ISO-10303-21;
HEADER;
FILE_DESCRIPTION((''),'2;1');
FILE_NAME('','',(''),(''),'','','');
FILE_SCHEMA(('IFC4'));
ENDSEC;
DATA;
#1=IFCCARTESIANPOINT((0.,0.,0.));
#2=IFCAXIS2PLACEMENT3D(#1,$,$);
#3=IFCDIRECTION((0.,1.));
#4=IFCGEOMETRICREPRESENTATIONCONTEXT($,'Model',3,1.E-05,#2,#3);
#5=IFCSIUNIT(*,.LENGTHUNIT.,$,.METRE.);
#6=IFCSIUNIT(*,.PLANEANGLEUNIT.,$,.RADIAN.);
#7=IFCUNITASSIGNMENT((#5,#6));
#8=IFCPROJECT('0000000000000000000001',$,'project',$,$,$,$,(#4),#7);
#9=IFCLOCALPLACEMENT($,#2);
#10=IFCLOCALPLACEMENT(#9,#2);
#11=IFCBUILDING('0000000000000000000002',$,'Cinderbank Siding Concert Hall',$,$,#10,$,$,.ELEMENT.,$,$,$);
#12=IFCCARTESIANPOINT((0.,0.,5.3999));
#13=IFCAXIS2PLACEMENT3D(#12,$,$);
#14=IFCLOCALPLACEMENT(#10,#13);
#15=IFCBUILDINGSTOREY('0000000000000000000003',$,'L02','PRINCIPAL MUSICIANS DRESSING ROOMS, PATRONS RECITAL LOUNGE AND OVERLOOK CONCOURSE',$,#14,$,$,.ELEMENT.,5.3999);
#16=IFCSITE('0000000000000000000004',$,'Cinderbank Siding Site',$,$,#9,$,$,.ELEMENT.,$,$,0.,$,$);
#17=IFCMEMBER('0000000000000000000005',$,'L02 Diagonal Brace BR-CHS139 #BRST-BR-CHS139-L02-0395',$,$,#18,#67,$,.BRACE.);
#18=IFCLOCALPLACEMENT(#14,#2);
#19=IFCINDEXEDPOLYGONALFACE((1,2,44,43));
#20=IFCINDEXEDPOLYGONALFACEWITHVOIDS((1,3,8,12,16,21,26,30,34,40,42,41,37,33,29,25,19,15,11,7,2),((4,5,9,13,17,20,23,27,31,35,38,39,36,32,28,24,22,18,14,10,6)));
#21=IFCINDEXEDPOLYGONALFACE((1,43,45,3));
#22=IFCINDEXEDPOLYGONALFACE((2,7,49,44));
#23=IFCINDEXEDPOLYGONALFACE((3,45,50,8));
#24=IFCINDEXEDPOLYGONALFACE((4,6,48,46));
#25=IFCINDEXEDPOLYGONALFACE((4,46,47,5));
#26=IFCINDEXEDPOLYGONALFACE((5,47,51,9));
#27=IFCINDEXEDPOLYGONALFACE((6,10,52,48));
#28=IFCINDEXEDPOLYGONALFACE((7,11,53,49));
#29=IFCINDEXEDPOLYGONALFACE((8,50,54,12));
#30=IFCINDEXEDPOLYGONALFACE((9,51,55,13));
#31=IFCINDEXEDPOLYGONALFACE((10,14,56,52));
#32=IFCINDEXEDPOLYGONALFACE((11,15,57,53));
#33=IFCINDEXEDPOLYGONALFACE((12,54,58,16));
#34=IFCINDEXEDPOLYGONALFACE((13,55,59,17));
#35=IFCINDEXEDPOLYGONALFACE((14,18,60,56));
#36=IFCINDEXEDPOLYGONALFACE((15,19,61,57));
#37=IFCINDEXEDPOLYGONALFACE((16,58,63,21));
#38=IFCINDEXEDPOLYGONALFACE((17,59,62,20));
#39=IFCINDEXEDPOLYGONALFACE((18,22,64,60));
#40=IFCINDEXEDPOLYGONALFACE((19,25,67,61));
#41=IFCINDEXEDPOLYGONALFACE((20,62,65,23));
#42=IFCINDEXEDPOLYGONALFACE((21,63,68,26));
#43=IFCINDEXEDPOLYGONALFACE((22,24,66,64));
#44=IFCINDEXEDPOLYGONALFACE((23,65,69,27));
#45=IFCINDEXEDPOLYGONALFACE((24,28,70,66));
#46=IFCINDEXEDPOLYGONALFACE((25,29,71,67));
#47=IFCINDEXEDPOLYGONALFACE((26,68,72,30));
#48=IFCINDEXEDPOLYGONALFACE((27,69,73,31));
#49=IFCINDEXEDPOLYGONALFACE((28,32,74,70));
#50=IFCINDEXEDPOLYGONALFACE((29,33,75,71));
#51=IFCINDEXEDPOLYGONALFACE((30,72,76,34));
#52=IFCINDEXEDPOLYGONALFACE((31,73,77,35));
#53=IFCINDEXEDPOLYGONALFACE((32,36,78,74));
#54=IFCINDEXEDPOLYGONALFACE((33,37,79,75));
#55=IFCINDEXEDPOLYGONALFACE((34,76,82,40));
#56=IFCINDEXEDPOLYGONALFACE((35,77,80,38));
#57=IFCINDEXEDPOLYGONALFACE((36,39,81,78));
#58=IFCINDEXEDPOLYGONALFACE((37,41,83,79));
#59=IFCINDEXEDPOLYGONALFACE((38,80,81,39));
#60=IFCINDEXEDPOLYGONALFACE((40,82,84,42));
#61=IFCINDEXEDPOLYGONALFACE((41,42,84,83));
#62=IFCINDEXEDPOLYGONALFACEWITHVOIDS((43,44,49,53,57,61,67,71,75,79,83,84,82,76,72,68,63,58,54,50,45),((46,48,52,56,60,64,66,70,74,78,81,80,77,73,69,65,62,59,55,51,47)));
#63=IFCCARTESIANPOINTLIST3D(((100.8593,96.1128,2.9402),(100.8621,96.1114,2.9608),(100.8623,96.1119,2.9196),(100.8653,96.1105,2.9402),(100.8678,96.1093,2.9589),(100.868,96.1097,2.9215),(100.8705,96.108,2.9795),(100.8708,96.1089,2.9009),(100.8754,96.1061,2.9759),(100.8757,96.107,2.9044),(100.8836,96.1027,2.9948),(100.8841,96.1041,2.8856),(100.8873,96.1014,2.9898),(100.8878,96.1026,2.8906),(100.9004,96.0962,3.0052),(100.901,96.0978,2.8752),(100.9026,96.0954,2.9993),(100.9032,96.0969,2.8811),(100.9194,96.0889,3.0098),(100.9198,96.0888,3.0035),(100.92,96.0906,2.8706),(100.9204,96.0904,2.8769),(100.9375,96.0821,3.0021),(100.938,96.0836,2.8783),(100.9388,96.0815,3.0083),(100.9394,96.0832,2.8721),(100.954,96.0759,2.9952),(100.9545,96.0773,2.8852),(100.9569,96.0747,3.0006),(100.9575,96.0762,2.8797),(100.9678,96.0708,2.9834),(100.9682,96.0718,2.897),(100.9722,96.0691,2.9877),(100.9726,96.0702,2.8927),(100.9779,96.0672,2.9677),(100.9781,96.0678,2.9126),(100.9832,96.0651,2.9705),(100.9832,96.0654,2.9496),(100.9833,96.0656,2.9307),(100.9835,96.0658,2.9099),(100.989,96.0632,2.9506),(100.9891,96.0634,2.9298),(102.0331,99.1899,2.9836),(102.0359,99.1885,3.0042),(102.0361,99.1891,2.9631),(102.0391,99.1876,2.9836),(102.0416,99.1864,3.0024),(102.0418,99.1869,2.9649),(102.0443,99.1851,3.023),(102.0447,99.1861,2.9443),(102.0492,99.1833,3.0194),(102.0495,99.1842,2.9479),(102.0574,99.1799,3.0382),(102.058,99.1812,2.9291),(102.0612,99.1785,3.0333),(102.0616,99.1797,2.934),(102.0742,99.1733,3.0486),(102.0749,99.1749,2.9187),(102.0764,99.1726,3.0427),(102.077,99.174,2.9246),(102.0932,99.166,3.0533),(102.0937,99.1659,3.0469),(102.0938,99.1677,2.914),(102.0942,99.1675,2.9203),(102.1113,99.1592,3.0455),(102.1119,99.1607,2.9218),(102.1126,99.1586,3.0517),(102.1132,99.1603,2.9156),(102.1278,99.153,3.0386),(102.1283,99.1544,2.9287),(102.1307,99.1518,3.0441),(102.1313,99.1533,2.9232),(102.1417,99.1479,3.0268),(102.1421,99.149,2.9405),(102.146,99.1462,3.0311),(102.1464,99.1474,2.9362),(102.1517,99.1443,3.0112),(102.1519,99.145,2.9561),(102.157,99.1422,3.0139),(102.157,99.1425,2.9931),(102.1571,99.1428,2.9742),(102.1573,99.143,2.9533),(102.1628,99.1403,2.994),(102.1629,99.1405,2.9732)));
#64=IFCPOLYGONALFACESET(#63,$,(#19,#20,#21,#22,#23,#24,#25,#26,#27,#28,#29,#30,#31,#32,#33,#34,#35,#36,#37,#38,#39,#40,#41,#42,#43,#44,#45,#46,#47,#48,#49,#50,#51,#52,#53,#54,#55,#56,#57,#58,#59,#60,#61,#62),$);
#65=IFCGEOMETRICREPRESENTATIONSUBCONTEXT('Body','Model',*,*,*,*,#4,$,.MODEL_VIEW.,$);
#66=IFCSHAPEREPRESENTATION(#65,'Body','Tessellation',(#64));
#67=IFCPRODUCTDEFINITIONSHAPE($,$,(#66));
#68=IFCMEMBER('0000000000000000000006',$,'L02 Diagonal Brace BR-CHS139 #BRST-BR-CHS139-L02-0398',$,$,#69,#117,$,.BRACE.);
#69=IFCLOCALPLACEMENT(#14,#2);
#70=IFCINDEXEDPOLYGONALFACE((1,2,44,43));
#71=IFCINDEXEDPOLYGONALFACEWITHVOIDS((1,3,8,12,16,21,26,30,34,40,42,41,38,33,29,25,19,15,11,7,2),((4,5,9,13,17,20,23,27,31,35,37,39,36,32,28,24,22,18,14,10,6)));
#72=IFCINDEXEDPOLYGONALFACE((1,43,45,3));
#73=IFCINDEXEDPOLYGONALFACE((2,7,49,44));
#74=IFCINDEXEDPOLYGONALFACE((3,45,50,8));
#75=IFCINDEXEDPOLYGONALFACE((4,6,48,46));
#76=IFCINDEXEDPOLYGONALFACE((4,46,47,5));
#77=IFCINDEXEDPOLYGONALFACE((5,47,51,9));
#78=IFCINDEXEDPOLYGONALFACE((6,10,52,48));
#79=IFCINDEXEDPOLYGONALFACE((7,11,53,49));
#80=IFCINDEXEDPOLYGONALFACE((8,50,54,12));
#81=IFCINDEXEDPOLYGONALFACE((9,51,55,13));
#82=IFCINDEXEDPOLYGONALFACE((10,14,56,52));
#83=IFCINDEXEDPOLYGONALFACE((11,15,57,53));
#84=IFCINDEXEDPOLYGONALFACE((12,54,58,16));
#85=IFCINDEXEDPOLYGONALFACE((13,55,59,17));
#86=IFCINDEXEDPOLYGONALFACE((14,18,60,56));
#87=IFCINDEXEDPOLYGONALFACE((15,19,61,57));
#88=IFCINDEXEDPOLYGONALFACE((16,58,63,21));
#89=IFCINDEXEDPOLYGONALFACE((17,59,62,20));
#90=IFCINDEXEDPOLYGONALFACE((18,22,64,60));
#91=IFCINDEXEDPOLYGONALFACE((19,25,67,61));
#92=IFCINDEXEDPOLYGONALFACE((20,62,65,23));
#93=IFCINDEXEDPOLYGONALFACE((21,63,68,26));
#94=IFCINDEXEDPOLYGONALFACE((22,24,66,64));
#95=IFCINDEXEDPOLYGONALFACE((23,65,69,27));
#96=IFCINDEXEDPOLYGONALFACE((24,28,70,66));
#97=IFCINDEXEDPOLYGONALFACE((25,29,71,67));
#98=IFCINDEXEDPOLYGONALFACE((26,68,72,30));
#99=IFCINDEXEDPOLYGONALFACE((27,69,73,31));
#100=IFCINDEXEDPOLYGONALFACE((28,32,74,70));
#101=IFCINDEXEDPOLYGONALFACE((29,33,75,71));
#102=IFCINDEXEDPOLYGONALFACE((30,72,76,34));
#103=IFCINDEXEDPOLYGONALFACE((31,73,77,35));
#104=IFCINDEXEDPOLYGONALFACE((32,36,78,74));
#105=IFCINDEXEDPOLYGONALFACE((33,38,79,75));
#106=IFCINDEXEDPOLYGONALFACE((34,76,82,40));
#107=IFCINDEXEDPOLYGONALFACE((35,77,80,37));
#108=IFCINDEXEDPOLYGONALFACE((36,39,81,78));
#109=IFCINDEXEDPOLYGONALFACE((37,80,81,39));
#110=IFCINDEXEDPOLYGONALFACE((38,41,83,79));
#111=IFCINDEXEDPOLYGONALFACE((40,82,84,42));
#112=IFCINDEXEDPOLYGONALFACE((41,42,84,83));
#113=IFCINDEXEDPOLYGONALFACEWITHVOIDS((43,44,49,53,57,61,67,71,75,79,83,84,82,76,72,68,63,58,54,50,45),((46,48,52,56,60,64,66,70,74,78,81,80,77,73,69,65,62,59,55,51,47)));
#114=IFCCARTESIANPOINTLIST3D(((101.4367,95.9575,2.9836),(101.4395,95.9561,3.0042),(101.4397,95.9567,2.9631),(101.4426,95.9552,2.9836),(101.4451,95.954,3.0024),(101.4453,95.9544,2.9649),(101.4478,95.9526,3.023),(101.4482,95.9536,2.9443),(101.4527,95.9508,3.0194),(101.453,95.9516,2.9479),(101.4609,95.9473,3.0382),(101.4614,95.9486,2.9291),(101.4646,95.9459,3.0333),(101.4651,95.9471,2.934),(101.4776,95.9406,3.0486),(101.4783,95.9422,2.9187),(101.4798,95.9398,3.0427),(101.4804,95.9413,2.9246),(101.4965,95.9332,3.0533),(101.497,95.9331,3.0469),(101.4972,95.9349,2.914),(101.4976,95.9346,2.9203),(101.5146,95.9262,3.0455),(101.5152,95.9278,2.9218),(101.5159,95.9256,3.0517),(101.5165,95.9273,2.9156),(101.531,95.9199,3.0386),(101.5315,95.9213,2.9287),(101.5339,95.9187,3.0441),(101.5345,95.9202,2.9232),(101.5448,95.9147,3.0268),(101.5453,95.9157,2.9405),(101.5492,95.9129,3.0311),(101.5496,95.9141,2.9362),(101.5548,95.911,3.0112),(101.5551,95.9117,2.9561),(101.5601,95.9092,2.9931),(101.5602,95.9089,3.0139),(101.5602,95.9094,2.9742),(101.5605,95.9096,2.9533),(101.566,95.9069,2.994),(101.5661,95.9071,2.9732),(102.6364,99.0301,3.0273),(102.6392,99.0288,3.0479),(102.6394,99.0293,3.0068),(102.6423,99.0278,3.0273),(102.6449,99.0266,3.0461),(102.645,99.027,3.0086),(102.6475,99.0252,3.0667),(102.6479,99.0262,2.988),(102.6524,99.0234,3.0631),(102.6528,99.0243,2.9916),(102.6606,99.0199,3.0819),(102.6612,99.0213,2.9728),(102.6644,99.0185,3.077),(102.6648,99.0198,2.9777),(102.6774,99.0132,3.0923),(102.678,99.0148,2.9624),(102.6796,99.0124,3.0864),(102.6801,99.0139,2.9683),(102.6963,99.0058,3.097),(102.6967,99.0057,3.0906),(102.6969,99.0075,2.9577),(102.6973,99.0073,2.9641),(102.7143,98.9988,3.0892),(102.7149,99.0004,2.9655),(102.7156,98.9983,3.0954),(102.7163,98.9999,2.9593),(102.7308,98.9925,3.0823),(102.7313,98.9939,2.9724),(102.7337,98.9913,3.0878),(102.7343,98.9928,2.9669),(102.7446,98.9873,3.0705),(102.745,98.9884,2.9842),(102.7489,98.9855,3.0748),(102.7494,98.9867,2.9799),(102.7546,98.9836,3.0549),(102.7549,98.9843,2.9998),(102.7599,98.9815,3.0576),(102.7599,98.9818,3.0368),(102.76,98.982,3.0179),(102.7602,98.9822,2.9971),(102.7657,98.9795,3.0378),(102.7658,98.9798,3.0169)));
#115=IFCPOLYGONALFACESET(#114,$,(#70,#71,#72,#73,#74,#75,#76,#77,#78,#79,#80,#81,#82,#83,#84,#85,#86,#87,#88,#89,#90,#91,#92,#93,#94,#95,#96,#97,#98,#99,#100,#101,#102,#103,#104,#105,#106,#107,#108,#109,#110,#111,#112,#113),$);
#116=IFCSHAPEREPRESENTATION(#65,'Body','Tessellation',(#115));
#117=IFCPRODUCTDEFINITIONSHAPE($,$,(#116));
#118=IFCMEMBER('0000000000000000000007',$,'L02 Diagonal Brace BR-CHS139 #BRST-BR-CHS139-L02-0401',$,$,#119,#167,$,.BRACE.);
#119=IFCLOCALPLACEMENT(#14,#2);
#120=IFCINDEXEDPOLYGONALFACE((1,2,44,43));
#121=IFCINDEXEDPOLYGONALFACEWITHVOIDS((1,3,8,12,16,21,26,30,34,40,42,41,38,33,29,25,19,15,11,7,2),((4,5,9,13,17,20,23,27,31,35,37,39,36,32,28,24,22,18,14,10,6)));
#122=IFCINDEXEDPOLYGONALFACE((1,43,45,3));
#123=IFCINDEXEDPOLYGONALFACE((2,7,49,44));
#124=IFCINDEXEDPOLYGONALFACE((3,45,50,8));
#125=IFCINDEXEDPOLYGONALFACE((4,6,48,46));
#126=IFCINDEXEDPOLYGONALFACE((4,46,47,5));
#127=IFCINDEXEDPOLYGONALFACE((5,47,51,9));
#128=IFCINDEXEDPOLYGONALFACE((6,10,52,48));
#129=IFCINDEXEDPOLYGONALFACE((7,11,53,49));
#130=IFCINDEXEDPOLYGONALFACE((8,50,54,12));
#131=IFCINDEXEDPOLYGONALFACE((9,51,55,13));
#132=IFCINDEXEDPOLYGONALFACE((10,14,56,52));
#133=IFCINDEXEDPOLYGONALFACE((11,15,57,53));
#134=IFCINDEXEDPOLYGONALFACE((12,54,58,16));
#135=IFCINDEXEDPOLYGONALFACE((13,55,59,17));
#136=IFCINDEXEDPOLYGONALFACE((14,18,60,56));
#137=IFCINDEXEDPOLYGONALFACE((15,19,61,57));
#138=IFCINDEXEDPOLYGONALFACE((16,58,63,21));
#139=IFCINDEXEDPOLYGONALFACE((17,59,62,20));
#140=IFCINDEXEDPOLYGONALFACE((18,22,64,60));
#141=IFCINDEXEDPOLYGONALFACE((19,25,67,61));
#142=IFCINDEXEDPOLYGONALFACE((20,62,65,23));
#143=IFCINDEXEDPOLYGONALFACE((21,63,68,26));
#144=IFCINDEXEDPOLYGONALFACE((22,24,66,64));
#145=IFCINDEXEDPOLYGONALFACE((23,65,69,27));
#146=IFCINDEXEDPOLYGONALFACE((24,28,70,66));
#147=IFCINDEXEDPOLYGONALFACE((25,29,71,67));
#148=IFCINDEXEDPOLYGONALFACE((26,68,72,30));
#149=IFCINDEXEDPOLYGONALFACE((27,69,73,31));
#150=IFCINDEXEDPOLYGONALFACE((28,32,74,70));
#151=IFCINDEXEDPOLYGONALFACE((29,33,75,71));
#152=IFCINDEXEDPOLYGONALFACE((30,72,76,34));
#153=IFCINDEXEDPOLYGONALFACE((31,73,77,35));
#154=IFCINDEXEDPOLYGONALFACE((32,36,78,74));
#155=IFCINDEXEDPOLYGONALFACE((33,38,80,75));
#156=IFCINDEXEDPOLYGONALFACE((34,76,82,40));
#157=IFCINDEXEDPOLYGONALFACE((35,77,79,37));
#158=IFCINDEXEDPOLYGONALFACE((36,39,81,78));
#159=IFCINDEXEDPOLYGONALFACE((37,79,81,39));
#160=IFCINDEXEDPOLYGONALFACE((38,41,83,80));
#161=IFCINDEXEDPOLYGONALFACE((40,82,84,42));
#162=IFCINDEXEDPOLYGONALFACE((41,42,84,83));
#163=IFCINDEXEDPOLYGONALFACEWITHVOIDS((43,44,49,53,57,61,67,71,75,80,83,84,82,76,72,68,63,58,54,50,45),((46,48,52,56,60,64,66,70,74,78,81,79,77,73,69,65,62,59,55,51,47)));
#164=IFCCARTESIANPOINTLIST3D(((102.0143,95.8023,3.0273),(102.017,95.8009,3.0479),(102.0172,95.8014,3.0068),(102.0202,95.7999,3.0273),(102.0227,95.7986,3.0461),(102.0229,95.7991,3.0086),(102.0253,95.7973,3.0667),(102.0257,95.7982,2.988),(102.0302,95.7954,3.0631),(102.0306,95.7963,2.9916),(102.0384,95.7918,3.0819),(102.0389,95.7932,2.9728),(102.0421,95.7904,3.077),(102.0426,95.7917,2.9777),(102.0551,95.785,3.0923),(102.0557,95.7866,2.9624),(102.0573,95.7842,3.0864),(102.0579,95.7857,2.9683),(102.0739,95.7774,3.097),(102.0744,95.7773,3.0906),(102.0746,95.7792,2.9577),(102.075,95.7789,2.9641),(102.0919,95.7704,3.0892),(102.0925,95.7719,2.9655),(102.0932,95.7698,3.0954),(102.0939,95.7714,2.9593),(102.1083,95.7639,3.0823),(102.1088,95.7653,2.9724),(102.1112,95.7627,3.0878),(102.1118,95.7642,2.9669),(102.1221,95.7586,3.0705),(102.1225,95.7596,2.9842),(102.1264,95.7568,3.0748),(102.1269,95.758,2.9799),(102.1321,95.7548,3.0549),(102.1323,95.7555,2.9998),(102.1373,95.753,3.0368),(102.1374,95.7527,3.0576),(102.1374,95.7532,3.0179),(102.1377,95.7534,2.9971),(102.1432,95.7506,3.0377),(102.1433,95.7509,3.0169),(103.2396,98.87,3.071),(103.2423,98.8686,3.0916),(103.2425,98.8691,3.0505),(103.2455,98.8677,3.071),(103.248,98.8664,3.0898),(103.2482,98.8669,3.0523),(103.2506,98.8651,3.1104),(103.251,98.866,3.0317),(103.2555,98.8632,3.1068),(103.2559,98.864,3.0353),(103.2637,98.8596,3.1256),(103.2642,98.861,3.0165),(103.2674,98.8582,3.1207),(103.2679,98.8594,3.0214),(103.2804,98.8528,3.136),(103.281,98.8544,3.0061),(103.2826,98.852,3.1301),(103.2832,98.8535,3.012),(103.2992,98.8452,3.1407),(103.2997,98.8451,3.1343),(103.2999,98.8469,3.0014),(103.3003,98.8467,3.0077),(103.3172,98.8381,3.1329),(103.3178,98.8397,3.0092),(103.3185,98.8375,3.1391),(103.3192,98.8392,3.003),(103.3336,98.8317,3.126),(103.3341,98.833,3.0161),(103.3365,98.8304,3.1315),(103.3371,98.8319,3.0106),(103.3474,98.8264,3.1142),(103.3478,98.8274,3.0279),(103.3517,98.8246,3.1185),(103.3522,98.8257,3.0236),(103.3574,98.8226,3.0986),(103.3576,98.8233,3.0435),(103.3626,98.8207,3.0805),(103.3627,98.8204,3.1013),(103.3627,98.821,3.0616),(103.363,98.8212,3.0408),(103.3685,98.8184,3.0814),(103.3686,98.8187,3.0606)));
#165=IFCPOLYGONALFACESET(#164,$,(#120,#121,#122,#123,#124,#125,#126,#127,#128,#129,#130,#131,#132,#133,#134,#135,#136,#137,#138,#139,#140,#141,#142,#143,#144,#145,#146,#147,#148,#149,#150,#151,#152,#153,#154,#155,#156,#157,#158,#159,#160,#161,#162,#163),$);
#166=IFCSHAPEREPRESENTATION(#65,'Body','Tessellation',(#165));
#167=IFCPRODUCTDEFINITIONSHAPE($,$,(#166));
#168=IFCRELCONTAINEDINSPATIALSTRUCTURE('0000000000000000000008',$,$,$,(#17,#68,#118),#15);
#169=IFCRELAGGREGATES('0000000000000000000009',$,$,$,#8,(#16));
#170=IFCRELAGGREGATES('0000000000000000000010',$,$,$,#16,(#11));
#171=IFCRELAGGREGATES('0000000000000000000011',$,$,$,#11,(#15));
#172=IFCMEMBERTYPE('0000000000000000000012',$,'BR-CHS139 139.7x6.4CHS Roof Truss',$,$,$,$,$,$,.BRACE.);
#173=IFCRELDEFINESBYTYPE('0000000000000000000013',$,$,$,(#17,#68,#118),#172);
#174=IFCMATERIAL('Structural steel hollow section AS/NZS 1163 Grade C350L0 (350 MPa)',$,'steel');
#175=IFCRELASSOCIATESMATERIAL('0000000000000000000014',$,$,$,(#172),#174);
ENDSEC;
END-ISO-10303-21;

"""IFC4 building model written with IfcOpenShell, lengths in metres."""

from ifc_helpers import new_model, si_unit, direction, frame, origin, origin_2d, place, context, subcontext, project, spatial, hollow_circle, extrude, material, material_profile, profile_set, type_object, element, save


model = new_model("IFC4")

# Units and contexts
model_context = context("Model", 3, precision=1e-05, world=origin(), true_north=direction((0.0, 1.0)))
body_context = subcontext(model_context, "Body", "Model", "MODEL_VIEW")
ifc_project = project(units=[si_unit("LENGTHUNIT", "METRE"), si_unit("PLANEANGLEUNIT", "RADIAN")], contexts=[model_context])

# Site, building, storey
site_placement = place(None, origin())
site = spatial("IfcSite", under=ifc_project, at=site_placement, Name="Cinderbank Siding Site", CompositionType="ELEMENT", RefElevation=0.0)
building_placement = place(site_placement, origin())
building = spatial("IfcBuilding", under=site, at=building_placement, Name="Cinderbank Siding Concert Hall", CompositionType="ELEMENT")
storey_placement = place(building_placement, frame((0.0, 0.0, 5.3999)))
storey = spatial("IfcBuildingStorey", under=building, at=storey_placement, Name="L02", Description="PRINCIPAL MUSICIANS DRESSING ROOMS, PATRONS RECITAL LOUNGE AND OVERLOOK CONCOURSE", CompositionType="ELEMENT", Elevation=5.3999)

# Members
ifc_material_1 = material(Name="Structural steel hollow section AS/NZS 1163 Grade C350L0 (350 MPa)", Category="steel")
ifc_material_profile_1 = material_profile(ifc_material_1, hollow_circle(Radius=0.0698, WallThickness=0.0063, at=origin_2d()), Name="139.7x6.4CHS", Category="LoadBearing")
ifc_profile_set_1 = profile_set([ifc_material_profile_1], Name="Structural steel hollow section AS/NZS 1163 Grade C350L0 (350 MPa)")
member_type_1 = type_object("IfcMemberType", Name="BR-CHS139 139.7x6.4CHS Roof Truss", PredefinedType="BRACE", material=ifc_profile_set_1)
member_1_placement = place(storey_placement, frame((100.9246, 96.0879, 2.9402), z_axis=(0.356384, 0.934247, 0.013194), x_axis=(-0.934328, 0.356415, 0.0)))
element("IfcMember", 1, at=member_1_placement, inside=storey, type_object=member_type_1, Name="L02 Diagonal Brace BR-CHS139 #BRST-BR-CHS139-L02-0395", PredefinedType="BRACE", context=body_context, shape_type="SweptSolid", body=[
    extrude(hollow_circle(Radius=0.0698, WallThickness=0.0063, at=origin_2d()), origin(), (0.0, 0.0, 1.0), 3.2937),
])
member_2_placement = place(storey_placement, frame((101.5017, 95.9321, 2.9836), z_axis=(0.363689, 0.931426, 0.013248), x_axis=(-0.931508, 0.363721, 0.0)))
element("IfcMember", 2, at=member_2_placement, inside=storey, type_object=member_type_1, Name="L02 Diagonal Brace BR-CHS139 #BRST-BR-CHS139-L02-0398", PredefinedType="BRACE", context=body_context, shape_type="SweptSolid", body=[
    extrude(hollow_circle(Radius=0.0698, WallThickness=0.0063, at=origin_2d()), origin(), (0.0, 0.0, 1.0), 3.2988),
])
member_3_placement = place(storey_placement, frame((102.0791, 95.7764, 3.0273), z_axis=(0.370887, 0.928584, 0.013227), x_axis=(-0.928665, 0.370919, 0.0)))
element("IfcMember", 3, at=member_3_placement, inside=storey, type_object=member_type_1, Name="L02 Diagonal Brace BR-CHS139 #BRST-BR-CHS139-L02-0401", PredefinedType="BRACE", context=body_context, shape_type="SweptSolid", body=[
    extrude(hollow_circle(Radius=0.0698, WallThickness=0.0063, at=origin_2d()), origin(), (0.0, 0.0, 1.0), 3.3037),
])

save(model, "model.ifc")
